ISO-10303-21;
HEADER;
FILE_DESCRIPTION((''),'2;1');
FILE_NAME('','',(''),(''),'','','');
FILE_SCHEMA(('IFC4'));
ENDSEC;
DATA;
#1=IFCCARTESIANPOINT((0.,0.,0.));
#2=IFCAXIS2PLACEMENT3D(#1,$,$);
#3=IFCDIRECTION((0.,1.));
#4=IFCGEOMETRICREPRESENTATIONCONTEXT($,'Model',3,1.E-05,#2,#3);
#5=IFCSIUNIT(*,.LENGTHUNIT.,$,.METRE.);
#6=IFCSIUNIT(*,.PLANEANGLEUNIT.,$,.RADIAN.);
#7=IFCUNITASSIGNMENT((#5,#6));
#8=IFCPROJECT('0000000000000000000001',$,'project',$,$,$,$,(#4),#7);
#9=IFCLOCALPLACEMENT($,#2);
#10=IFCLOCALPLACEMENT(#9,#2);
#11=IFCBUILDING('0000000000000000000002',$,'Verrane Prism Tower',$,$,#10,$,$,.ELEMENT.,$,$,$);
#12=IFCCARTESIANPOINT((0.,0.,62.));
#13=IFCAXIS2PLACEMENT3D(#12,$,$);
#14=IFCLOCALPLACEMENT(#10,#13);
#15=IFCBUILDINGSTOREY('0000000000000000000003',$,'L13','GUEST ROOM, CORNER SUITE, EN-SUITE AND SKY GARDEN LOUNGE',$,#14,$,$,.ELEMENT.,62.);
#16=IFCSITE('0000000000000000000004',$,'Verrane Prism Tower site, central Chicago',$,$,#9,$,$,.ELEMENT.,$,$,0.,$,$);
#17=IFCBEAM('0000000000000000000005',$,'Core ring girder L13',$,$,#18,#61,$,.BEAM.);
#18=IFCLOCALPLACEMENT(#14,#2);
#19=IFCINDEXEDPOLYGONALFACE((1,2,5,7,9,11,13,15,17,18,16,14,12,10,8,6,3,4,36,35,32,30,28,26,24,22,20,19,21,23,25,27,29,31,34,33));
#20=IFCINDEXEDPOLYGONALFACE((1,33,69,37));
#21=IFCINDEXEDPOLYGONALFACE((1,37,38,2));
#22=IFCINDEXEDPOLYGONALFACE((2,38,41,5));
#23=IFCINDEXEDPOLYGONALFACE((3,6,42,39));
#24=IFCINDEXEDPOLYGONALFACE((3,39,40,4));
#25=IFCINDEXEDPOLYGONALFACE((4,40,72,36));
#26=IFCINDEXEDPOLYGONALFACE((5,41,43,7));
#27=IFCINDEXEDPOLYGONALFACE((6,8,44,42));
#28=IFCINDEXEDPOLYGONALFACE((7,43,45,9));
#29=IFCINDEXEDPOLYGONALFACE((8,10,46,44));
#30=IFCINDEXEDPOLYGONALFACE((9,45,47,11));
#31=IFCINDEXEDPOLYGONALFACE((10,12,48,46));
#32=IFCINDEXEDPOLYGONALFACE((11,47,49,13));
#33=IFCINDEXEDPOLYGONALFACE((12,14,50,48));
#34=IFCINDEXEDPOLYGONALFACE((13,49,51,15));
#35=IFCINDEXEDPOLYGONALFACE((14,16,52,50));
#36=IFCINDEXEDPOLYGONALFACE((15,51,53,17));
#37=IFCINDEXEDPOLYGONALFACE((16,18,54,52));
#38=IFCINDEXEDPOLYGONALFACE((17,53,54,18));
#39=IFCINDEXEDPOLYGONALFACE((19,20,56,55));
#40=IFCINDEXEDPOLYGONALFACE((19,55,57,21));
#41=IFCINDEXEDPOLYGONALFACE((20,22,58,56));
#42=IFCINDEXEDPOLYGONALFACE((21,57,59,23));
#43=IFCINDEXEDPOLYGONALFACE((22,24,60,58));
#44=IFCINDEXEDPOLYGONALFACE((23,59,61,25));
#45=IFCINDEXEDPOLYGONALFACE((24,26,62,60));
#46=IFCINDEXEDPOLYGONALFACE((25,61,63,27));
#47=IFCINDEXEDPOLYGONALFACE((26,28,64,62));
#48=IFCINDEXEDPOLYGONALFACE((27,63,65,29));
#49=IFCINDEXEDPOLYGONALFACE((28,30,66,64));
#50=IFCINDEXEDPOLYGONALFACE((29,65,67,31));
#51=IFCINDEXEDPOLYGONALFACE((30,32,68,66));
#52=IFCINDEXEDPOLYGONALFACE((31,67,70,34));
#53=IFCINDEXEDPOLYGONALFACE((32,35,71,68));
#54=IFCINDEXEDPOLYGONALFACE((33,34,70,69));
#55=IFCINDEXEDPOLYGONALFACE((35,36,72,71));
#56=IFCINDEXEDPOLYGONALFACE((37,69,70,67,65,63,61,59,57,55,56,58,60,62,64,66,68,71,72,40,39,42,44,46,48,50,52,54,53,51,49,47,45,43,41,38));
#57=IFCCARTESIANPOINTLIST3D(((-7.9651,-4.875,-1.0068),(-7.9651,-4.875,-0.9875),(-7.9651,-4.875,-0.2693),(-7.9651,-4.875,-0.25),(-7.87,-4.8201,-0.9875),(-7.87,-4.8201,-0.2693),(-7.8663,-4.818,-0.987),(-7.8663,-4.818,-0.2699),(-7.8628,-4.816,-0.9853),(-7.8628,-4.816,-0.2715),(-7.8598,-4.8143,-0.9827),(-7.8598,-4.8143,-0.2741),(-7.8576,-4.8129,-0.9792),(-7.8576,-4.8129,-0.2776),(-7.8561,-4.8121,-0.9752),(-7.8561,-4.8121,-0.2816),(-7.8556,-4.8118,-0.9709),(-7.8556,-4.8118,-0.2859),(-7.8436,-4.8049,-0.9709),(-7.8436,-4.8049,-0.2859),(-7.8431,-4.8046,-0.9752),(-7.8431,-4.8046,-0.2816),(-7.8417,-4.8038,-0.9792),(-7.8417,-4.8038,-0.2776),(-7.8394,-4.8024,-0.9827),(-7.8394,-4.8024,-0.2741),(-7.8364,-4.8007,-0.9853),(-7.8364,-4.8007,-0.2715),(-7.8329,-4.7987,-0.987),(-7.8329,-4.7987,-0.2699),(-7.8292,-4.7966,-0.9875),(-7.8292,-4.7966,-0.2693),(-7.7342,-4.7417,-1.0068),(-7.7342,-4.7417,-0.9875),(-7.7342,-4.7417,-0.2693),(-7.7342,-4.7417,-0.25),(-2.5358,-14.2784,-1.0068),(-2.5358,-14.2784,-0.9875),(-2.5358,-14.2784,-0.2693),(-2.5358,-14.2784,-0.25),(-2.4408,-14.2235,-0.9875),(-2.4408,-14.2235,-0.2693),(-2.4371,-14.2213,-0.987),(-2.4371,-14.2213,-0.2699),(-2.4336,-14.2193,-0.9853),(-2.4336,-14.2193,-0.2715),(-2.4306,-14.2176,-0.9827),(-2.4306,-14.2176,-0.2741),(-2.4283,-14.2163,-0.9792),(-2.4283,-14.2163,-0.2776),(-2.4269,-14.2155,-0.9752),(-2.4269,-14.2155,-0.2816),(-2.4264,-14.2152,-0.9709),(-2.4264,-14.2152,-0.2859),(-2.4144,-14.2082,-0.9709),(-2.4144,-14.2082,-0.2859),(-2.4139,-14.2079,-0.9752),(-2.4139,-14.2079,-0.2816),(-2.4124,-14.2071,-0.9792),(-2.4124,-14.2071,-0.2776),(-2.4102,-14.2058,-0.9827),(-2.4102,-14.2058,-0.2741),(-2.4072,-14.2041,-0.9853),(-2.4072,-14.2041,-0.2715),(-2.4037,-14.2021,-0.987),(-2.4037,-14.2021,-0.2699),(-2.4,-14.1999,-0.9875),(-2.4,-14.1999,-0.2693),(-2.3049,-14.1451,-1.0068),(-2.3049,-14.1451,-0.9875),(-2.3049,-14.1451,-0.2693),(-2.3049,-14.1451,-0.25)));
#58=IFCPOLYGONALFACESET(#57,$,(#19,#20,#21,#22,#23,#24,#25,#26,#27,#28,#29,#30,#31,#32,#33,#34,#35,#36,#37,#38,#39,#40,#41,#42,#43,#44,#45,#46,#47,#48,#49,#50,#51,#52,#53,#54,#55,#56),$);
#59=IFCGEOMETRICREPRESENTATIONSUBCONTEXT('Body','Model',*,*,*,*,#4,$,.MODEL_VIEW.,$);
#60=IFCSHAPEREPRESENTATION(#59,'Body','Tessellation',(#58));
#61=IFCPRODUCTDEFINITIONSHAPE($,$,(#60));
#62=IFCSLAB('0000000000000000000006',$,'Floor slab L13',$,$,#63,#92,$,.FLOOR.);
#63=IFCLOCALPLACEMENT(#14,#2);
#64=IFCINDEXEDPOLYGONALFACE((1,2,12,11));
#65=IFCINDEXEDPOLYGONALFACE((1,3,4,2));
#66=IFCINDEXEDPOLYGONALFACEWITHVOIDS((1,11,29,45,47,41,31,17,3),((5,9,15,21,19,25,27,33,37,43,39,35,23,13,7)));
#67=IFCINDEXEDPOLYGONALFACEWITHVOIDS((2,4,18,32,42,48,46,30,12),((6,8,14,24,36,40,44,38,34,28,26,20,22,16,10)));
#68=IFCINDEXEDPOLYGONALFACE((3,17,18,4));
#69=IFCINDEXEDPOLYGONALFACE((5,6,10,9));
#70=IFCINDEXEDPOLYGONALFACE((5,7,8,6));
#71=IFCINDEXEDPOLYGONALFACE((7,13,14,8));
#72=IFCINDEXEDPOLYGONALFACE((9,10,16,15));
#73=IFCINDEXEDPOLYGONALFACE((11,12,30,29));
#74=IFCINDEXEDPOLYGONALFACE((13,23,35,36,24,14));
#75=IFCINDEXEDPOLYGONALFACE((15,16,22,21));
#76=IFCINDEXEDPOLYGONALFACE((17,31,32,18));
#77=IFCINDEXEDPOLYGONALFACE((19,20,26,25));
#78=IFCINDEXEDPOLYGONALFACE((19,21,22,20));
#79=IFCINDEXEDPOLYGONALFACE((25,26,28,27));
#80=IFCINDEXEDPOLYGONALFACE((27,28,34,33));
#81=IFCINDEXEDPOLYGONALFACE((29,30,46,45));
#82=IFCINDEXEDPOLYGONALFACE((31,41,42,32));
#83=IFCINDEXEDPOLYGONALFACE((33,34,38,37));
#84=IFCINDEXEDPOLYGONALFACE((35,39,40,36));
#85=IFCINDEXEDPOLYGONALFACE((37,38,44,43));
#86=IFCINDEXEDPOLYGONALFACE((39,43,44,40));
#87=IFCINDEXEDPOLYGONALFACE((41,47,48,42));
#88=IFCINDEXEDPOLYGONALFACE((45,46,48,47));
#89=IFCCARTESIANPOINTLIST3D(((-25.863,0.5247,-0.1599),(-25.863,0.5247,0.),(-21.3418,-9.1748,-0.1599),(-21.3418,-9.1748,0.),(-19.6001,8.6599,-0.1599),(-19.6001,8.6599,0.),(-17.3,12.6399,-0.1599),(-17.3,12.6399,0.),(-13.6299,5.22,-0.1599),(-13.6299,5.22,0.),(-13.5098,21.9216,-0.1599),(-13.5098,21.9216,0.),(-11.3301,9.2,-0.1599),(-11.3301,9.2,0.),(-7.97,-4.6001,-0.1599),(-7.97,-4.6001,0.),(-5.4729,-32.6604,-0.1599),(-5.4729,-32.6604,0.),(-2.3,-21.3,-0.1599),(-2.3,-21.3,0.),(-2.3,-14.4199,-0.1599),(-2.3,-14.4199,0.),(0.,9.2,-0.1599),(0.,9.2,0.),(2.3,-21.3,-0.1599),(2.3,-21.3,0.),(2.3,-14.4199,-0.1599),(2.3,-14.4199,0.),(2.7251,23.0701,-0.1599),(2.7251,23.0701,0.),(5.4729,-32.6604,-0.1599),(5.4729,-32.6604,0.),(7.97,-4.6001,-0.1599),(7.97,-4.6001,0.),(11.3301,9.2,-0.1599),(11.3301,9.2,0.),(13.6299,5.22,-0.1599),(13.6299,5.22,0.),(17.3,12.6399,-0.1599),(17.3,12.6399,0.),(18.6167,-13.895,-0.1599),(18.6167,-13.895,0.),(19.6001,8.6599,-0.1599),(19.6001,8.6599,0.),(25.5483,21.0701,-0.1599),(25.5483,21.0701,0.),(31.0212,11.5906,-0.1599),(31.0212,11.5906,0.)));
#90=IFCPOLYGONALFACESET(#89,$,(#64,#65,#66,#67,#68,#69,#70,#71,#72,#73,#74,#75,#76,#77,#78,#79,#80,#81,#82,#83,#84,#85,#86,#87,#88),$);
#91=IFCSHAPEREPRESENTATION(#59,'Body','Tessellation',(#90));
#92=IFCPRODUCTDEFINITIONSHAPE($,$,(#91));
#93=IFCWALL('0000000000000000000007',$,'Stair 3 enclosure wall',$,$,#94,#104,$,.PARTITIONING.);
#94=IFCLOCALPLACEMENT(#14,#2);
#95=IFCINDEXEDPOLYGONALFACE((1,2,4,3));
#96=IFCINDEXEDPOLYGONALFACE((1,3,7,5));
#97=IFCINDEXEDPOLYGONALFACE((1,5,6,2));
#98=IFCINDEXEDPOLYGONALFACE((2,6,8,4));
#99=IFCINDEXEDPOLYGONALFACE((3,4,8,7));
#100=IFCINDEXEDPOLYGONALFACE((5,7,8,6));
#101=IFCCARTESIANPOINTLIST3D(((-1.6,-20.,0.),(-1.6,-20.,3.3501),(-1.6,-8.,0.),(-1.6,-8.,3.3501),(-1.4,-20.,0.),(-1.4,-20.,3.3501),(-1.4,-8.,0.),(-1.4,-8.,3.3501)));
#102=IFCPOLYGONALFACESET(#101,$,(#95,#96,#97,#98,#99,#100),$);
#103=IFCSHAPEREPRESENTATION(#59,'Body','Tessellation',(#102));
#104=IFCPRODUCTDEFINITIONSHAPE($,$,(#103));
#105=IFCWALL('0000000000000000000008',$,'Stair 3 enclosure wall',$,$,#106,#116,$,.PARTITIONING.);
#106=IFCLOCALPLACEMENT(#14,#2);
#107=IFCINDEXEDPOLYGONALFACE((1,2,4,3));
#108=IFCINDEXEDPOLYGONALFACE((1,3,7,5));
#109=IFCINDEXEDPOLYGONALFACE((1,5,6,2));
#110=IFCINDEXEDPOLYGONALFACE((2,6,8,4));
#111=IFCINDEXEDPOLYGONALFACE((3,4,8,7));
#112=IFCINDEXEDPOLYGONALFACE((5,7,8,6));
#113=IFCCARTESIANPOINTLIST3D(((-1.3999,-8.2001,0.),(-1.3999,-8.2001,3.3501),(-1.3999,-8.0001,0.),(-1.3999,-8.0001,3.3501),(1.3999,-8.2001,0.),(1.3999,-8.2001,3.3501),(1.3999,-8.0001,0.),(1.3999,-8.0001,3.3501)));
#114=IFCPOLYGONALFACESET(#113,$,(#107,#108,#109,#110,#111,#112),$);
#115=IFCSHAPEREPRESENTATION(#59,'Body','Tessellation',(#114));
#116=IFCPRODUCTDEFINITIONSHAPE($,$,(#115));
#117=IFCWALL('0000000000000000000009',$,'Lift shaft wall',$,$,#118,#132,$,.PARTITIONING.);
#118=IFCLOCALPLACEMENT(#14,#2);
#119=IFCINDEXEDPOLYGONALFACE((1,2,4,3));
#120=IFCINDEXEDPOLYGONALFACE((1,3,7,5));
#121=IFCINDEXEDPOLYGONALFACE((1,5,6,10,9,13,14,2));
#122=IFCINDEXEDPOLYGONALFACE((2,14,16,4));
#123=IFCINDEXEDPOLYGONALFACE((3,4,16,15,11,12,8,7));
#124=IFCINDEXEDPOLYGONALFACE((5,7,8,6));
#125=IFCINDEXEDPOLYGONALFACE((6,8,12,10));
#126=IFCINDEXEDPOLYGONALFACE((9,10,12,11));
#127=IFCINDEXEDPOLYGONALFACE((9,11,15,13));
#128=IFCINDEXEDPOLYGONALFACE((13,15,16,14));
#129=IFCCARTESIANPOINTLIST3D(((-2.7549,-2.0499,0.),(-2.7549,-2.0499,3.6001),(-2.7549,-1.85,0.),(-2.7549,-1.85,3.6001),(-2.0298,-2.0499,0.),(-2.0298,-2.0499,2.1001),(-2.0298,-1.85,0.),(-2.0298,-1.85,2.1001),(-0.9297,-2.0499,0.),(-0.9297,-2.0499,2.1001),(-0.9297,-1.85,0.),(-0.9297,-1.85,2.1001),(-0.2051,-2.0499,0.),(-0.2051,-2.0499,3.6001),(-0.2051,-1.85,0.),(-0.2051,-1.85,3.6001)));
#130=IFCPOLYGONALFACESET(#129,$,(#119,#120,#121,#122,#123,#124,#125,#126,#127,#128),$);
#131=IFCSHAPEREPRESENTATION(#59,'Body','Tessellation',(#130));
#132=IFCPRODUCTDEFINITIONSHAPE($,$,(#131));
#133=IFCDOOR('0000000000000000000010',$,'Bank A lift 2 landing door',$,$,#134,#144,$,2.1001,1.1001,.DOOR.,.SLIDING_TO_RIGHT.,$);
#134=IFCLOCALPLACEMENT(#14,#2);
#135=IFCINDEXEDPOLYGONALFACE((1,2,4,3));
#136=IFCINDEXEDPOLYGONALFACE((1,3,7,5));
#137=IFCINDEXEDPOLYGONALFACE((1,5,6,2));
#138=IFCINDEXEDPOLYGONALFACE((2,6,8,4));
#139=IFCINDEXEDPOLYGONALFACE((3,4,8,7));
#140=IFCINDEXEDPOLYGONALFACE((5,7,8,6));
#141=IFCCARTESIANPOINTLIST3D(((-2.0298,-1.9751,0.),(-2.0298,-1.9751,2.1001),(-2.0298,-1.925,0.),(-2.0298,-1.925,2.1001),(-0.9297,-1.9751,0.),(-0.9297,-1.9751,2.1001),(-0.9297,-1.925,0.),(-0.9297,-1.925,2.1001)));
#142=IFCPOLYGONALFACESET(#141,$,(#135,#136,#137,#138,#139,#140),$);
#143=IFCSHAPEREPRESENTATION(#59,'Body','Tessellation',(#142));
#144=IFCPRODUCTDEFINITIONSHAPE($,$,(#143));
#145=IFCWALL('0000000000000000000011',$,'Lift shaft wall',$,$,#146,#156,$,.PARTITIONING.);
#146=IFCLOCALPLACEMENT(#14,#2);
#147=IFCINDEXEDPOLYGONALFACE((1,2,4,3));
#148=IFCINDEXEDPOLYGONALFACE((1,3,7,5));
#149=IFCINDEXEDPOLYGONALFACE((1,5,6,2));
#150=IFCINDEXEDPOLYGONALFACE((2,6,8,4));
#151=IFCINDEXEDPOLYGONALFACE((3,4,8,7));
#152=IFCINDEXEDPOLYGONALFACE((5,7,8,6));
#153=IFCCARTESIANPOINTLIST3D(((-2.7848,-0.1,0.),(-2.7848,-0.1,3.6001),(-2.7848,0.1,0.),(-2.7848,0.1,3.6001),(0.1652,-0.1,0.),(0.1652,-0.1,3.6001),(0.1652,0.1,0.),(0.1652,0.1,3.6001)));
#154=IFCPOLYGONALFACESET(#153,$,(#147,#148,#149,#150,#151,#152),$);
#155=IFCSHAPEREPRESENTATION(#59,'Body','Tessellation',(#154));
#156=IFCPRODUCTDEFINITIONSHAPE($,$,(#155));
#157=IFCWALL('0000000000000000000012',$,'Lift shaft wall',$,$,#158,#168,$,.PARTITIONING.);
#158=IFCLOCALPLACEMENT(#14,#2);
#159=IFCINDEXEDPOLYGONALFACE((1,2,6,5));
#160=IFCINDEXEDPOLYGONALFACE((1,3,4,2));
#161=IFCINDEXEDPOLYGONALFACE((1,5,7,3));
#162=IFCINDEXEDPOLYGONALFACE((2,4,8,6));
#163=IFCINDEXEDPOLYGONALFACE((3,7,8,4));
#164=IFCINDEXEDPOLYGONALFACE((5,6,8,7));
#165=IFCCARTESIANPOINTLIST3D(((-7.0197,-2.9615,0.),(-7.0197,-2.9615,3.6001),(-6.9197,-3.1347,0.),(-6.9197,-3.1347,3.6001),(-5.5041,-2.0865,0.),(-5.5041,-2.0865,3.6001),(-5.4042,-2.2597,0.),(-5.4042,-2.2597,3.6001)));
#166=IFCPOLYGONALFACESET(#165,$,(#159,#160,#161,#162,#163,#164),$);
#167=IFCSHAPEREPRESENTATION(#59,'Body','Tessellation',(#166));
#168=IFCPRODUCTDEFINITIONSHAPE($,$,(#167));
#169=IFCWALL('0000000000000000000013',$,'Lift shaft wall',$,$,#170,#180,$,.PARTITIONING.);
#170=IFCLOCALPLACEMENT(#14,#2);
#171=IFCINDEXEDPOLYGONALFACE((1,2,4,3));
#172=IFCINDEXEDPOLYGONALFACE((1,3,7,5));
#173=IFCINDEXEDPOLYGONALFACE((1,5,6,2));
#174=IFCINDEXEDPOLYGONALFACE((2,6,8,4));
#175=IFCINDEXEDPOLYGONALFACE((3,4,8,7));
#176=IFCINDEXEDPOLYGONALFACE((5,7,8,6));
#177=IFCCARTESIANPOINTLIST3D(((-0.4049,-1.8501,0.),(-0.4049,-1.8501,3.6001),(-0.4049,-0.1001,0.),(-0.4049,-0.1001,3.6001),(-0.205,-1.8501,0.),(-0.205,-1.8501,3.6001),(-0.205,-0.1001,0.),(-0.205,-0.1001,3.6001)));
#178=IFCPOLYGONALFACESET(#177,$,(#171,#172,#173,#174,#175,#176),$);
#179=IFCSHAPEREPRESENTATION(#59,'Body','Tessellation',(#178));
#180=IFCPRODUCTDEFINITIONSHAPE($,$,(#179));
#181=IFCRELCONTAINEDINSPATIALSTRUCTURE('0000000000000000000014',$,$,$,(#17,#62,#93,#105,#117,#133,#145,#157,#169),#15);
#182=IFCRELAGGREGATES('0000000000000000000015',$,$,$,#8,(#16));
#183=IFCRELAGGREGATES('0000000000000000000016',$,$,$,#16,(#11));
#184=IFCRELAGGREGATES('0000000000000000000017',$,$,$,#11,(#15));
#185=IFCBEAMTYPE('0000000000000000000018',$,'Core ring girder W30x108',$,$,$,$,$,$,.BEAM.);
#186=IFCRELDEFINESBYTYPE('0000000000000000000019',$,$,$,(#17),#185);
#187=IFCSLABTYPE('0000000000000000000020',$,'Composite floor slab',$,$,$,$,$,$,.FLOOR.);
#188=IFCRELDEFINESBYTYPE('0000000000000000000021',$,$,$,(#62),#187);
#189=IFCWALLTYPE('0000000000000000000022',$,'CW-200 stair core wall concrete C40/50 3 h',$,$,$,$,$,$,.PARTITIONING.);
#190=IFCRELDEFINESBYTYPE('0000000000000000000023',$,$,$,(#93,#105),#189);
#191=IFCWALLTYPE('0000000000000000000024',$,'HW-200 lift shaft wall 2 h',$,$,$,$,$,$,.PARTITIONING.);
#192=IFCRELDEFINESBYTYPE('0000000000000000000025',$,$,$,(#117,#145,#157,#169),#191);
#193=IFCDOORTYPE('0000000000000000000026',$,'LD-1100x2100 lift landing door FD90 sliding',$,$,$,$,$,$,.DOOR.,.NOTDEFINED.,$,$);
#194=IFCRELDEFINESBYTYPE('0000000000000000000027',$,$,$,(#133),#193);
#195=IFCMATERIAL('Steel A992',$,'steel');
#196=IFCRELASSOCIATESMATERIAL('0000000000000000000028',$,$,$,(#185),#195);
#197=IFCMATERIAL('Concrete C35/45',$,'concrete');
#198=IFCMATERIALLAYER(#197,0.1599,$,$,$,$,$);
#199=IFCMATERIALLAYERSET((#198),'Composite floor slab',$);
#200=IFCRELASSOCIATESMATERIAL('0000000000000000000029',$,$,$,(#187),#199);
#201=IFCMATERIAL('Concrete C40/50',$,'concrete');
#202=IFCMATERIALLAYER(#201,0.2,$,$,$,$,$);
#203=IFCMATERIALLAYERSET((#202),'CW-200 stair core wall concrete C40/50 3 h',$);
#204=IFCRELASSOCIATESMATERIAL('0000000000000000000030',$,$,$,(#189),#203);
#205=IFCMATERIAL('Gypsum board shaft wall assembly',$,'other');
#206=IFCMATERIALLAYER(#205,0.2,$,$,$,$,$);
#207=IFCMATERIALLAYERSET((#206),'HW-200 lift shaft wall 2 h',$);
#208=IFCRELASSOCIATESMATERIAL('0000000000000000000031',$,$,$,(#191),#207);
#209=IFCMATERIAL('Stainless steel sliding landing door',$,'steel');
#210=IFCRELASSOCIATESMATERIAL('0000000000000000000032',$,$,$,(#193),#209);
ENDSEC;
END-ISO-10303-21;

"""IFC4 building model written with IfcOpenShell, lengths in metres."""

from ifc_helpers import new_model, si_unit, direction, frame, frame_2d, origin, origin_2d, place, context, subcontext, project, spatial, polyline, rectangle, i_section, outline, extrude, material, layer, layer_set, material_profile, profile_set, type_object, element, fill, save


model = new_model("IFC4")

# Units and contexts
model_context = context("Model", 3, precision=1e-05, world=origin(), true_north=direction((0.0, 1.0)))
body_context = subcontext(model_context, "Body", "Model", "MODEL_VIEW")
ifc_project = project(units=[si_unit("LENGTHUNIT", "METRE"), si_unit("PLANEANGLEUNIT", "RADIAN")], contexts=[model_context])

# Site, building, storey
site_placement = place(None, origin())
site = spatial("IfcSite", under=ifc_project, at=site_placement, Name="Verrane Prism Tower site, central Chicago", CompositionType="ELEMENT", RefElevation=0.0)
building_placement = place(site_placement, origin())
building = spatial("IfcBuilding", under=site, at=building_placement, Name="Verrane Prism Tower", CompositionType="ELEMENT")
storey_placement = place(building_placement, frame((0.0, 0.0, 62.0)))
storey = spatial("IfcBuildingStorey", under=building, at=storey_placement, Name="L13", Description="GUEST ROOM, CORNER SUITE, EN-SUITE AND SKY GARDEN LOUNGE", CompositionType="ELEMENT", Elevation=62.0)

# Beam
ifc_material_1 = material(Name="Steel A992", Category="steel")
ifc_material_profile = material_profile(ifc_material_1, i_section(OverallWidth=0.2666, OverallDepth=0.7568, WebThickness=0.0139, FlangeThickness=0.0193, FilletRadius=0.0166, at=origin_2d()), Name="W30x108")
ifc_profile_set = profile_set([ifc_material_profile], Name="Steel A992")
beam_type = type_object("IfcBeamType", Name="Core ring girder W30x108", PredefinedType="BEAM", material=ifc_profile_set)
beam_placement = place(storey_placement, frame((-7.8496, -4.8083, -0.6284), z_axis=(0.500013, -0.866018, 0.0), x_axis=(0.866018, 0.500013, 0.0)))
element("IfcBeam", 1, at=beam_placement, inside=storey, type_object=beam_type, Name="Core ring girder L13", PredefinedType="BEAM", context=body_context, shape_type="SweptSolid", body=[
    extrude(i_section(OverallWidth=0.2666, OverallDepth=0.7568, WebThickness=0.0139, FlangeThickness=0.0193, FilletRadius=0.0166, at=origin_2d()), origin(), (0.0, 0.0, 1.0), 10.8582),
])

# Slab
ifc_material_2 = material(Name="Concrete C35/45", Category="concrete")
ifc_layer_1 = layer(ifc_material_2, 0.1599)
ifc_layer_set_1 = layer_set([ifc_layer_1], Name="Composite floor slab")
slab_type = type_object("IfcSlabType", Name="Composite floor slab", PredefinedType="FLOOR", material=ifc_layer_set_1)
slab_placement = place(storey_placement, frame((0.0, 0.0, -0.1599)))
element("IfcSlab", 2, at=slab_placement, inside=storey, type_object=slab_type, Name="Floor slab L13", PredefinedType="FLOOR", context=body_context, shape_type="SweptSolid", body=[
    extrude(outline(polyline([(2.7251, 23.0701), (25.5483, 21.0701), (31.0212, 11.5906), (18.6167, -13.895), (5.4729, -32.6604), (-5.4729, -32.6604), (-21.3418, -9.1748), (-25.863, 0.5247), (-13.5098, 21.9216), (2.7251, 23.0701)]), holes=[polyline([(19.6001, 8.6599), (17.3, 12.6399), (11.3301, 9.2), (0.0, 9.2), (-11.3301, 9.2), (-17.3, 12.6399), (-19.6001, 8.6599), (-13.6299, 5.22), (-7.97, -4.6001), (-2.3, -14.4199), (-2.3, -21.3), (2.3, -21.3), (2.3, -14.4199), (7.97, -4.6001), (13.6299, 5.22), (19.6001, 8.6599)])]), origin(), (0.0, 0.0, 1.0), 0.1599),
])

# Walls
ifc_material_3 = material(Name="Concrete C40/50", Category="concrete")
ifc_layer_2 = layer(ifc_material_3, 0.2)
ifc_layer_set_2 = layer_set([ifc_layer_2], Name="CW-200 stair core wall concrete C40/50 3 h")
wall_type_1 = type_object("IfcWallType", Name="CW-200 stair core wall concrete C40/50 3 h", PredefinedType="PARTITIONING", material=ifc_layer_set_2)
wall_1_placement = place(storey_placement, frame((-1.5, -8.0, 0.0), z_axis=(0.0, 0.0, 1.0), x_axis=(0.0, -1.0, 0.0)))
element("IfcWall", 3, at=wall_1_placement, inside=storey, type_object=wall_type_1, Name="Stair 3 enclosure wall", PredefinedType="PARTITIONING", context=body_context, shape_type="SweptSolid", body=[
    extrude(rectangle(XDim=12.0, YDim=0.2, at=frame_2d((6.0, 0.0))), origin(), (0.0, 0.0, 1.0), 3.3501),
])
wall_2_placement = place(storey_placement, frame((-1.3999, -8.1001, 0.0), z_axis=(0.0, 0.0, 1.0), x_axis=(1.0, 0.0, 0.0)))
element("IfcWall", 4, at=wall_2_placement, inside=storey, type_object=wall_type_1, Name="Stair 3 enclosure wall", PredefinedType="PARTITIONING", context=body_context, shape_type="SweptSolid", body=[
    extrude(rectangle(XDim=2.7998, YDim=0.2, at=frame_2d((1.3999, 0.0))), origin(), (0.0, 0.0, 1.0), 3.3501),
])

# Wall, opening, door
ifc_material_4 = material(Name="Gypsum board shaft wall assembly", Category="other")
ifc_layer_3 = layer(ifc_material_4, 0.2)
ifc_layer_set_3 = layer_set([ifc_layer_3], Name="HW-200 lift shaft wall 2 h")
wall_type_2 = type_object("IfcWallType", Name="HW-200 lift shaft wall 2 h", PredefinedType="PARTITIONING", material=ifc_layer_set_3)
wall_3_placement = place(storey_placement, frame((-2.7549, -1.95, 0.0), z_axis=(0.0, 0.0, 1.0), x_axis=(1.0, 0.0, 0.0)))
wall_3 = element("IfcWall", 5, at=wall_3_placement, inside=storey, type_object=wall_type_2, Name="Lift shaft wall", PredefinedType="PARTITIONING", context=body_context, shape_type="SweptSolid", body=[
    extrude(rectangle(XDim=2.5498, YDim=0.2, at=frame_2d((1.2749, 0.0))), origin(), (0.0, 0.0, 1.0), 3.6001),
])
opening_1_placement = place(wall_3_placement, frame((0.7251, 0.0, 0.0)))
opening_1 = element("IfcOpeningElement", 6, at=opening_1_placement, cuts=wall_3, PredefinedType="OPENING", context=body_context, shape_type="SweptSolid", body=[
    extrude(rectangle(XDim=1.1001, YDim=2.1001, at=frame_2d((0.55, 1.05))), frame((0.0, 0.1099, 0.0), z_axis=(0.0, -1.0, 0.0), x_axis=(1.0, 0.0, 0.0)), (0.0, 0.0, 1.0), 0.22),
])
ifc_material_5 = material(Name="Stainless steel sliding landing door", Category="steel")
door_type_1 = type_object("IfcDoorType", Name="LD-1100x2100 lift landing door FD90 sliding", OperationType="NOTDEFINED", PredefinedType="DOOR", material=ifc_material_5)
door_1_placement = place(opening_1_placement, origin())
door_1 = element("IfcDoor", 7, at=door_1_placement, inside=storey, type_object=door_type_1, Name="Bank A lift 2 landing door", OperationType="SLIDING_TO_RIGHT", OverallHeight=2.1001, OverallWidth=1.1001, PredefinedType="DOOR", context=body_context, shape_type="SweptSolid", body=[
    extrude(rectangle(XDim=1.1001, YDim=2.1001, at=frame_2d((0.55, 1.05))), frame((0.0, 0.0249, 0.0), z_axis=(0.0, -1.0, 0.0), x_axis=(1.0, 0.0, 0.0)), (0.0, 0.0, 1.0), 0.05),
])
fill(opening_1, door_1)

# Walls
wall_4_placement = place(storey_placement, frame((-2.7849, 0.0, 0.0), z_axis=(0.0, 0.0, 1.0), x_axis=(1.0, 0.0, 0.0)))
element("IfcWall", 8, at=wall_4_placement, inside=storey, type_object=wall_type_2, Name="Lift shaft wall", PredefinedType="PARTITIONING", context=body_context, shape_type="SweptSolid", body=[
    extrude(rectangle(XDim=2.95, YDim=0.2, at=frame_2d((1.4751, 0.0))), origin(), (0.0, 0.0, 1.0), 3.6001),
])
for number, where, z_axis, x_axis, name in (
    (9, (-6.9697, -3.0481, 0.0), (0.0, 0.0, 1.0), (0.866037, 0.49998, 0.0), "Lift shaft wall"),
    (10, (-0.3049, -1.8501, 0.0), (0.0, 0.0, 1.0), (0.0, 1.0, 0.0), "Lift shaft wall"),
):
    element("IfcWall", number, at=place(storey_placement, frame(where, z_axis=z_axis, x_axis=x_axis)), inside=storey, type_object=wall_type_2, Name=name, PredefinedType="PARTITIONING", context=body_context, shape_type="SweptSolid", body=[
        extrude(rectangle(XDim=1.75, YDim=0.2, at=frame_2d((0.875, 0.0))), origin(), (0.0, 0.0, 1.0), 3.6001),
    ])

save(model, "model.ifc")
